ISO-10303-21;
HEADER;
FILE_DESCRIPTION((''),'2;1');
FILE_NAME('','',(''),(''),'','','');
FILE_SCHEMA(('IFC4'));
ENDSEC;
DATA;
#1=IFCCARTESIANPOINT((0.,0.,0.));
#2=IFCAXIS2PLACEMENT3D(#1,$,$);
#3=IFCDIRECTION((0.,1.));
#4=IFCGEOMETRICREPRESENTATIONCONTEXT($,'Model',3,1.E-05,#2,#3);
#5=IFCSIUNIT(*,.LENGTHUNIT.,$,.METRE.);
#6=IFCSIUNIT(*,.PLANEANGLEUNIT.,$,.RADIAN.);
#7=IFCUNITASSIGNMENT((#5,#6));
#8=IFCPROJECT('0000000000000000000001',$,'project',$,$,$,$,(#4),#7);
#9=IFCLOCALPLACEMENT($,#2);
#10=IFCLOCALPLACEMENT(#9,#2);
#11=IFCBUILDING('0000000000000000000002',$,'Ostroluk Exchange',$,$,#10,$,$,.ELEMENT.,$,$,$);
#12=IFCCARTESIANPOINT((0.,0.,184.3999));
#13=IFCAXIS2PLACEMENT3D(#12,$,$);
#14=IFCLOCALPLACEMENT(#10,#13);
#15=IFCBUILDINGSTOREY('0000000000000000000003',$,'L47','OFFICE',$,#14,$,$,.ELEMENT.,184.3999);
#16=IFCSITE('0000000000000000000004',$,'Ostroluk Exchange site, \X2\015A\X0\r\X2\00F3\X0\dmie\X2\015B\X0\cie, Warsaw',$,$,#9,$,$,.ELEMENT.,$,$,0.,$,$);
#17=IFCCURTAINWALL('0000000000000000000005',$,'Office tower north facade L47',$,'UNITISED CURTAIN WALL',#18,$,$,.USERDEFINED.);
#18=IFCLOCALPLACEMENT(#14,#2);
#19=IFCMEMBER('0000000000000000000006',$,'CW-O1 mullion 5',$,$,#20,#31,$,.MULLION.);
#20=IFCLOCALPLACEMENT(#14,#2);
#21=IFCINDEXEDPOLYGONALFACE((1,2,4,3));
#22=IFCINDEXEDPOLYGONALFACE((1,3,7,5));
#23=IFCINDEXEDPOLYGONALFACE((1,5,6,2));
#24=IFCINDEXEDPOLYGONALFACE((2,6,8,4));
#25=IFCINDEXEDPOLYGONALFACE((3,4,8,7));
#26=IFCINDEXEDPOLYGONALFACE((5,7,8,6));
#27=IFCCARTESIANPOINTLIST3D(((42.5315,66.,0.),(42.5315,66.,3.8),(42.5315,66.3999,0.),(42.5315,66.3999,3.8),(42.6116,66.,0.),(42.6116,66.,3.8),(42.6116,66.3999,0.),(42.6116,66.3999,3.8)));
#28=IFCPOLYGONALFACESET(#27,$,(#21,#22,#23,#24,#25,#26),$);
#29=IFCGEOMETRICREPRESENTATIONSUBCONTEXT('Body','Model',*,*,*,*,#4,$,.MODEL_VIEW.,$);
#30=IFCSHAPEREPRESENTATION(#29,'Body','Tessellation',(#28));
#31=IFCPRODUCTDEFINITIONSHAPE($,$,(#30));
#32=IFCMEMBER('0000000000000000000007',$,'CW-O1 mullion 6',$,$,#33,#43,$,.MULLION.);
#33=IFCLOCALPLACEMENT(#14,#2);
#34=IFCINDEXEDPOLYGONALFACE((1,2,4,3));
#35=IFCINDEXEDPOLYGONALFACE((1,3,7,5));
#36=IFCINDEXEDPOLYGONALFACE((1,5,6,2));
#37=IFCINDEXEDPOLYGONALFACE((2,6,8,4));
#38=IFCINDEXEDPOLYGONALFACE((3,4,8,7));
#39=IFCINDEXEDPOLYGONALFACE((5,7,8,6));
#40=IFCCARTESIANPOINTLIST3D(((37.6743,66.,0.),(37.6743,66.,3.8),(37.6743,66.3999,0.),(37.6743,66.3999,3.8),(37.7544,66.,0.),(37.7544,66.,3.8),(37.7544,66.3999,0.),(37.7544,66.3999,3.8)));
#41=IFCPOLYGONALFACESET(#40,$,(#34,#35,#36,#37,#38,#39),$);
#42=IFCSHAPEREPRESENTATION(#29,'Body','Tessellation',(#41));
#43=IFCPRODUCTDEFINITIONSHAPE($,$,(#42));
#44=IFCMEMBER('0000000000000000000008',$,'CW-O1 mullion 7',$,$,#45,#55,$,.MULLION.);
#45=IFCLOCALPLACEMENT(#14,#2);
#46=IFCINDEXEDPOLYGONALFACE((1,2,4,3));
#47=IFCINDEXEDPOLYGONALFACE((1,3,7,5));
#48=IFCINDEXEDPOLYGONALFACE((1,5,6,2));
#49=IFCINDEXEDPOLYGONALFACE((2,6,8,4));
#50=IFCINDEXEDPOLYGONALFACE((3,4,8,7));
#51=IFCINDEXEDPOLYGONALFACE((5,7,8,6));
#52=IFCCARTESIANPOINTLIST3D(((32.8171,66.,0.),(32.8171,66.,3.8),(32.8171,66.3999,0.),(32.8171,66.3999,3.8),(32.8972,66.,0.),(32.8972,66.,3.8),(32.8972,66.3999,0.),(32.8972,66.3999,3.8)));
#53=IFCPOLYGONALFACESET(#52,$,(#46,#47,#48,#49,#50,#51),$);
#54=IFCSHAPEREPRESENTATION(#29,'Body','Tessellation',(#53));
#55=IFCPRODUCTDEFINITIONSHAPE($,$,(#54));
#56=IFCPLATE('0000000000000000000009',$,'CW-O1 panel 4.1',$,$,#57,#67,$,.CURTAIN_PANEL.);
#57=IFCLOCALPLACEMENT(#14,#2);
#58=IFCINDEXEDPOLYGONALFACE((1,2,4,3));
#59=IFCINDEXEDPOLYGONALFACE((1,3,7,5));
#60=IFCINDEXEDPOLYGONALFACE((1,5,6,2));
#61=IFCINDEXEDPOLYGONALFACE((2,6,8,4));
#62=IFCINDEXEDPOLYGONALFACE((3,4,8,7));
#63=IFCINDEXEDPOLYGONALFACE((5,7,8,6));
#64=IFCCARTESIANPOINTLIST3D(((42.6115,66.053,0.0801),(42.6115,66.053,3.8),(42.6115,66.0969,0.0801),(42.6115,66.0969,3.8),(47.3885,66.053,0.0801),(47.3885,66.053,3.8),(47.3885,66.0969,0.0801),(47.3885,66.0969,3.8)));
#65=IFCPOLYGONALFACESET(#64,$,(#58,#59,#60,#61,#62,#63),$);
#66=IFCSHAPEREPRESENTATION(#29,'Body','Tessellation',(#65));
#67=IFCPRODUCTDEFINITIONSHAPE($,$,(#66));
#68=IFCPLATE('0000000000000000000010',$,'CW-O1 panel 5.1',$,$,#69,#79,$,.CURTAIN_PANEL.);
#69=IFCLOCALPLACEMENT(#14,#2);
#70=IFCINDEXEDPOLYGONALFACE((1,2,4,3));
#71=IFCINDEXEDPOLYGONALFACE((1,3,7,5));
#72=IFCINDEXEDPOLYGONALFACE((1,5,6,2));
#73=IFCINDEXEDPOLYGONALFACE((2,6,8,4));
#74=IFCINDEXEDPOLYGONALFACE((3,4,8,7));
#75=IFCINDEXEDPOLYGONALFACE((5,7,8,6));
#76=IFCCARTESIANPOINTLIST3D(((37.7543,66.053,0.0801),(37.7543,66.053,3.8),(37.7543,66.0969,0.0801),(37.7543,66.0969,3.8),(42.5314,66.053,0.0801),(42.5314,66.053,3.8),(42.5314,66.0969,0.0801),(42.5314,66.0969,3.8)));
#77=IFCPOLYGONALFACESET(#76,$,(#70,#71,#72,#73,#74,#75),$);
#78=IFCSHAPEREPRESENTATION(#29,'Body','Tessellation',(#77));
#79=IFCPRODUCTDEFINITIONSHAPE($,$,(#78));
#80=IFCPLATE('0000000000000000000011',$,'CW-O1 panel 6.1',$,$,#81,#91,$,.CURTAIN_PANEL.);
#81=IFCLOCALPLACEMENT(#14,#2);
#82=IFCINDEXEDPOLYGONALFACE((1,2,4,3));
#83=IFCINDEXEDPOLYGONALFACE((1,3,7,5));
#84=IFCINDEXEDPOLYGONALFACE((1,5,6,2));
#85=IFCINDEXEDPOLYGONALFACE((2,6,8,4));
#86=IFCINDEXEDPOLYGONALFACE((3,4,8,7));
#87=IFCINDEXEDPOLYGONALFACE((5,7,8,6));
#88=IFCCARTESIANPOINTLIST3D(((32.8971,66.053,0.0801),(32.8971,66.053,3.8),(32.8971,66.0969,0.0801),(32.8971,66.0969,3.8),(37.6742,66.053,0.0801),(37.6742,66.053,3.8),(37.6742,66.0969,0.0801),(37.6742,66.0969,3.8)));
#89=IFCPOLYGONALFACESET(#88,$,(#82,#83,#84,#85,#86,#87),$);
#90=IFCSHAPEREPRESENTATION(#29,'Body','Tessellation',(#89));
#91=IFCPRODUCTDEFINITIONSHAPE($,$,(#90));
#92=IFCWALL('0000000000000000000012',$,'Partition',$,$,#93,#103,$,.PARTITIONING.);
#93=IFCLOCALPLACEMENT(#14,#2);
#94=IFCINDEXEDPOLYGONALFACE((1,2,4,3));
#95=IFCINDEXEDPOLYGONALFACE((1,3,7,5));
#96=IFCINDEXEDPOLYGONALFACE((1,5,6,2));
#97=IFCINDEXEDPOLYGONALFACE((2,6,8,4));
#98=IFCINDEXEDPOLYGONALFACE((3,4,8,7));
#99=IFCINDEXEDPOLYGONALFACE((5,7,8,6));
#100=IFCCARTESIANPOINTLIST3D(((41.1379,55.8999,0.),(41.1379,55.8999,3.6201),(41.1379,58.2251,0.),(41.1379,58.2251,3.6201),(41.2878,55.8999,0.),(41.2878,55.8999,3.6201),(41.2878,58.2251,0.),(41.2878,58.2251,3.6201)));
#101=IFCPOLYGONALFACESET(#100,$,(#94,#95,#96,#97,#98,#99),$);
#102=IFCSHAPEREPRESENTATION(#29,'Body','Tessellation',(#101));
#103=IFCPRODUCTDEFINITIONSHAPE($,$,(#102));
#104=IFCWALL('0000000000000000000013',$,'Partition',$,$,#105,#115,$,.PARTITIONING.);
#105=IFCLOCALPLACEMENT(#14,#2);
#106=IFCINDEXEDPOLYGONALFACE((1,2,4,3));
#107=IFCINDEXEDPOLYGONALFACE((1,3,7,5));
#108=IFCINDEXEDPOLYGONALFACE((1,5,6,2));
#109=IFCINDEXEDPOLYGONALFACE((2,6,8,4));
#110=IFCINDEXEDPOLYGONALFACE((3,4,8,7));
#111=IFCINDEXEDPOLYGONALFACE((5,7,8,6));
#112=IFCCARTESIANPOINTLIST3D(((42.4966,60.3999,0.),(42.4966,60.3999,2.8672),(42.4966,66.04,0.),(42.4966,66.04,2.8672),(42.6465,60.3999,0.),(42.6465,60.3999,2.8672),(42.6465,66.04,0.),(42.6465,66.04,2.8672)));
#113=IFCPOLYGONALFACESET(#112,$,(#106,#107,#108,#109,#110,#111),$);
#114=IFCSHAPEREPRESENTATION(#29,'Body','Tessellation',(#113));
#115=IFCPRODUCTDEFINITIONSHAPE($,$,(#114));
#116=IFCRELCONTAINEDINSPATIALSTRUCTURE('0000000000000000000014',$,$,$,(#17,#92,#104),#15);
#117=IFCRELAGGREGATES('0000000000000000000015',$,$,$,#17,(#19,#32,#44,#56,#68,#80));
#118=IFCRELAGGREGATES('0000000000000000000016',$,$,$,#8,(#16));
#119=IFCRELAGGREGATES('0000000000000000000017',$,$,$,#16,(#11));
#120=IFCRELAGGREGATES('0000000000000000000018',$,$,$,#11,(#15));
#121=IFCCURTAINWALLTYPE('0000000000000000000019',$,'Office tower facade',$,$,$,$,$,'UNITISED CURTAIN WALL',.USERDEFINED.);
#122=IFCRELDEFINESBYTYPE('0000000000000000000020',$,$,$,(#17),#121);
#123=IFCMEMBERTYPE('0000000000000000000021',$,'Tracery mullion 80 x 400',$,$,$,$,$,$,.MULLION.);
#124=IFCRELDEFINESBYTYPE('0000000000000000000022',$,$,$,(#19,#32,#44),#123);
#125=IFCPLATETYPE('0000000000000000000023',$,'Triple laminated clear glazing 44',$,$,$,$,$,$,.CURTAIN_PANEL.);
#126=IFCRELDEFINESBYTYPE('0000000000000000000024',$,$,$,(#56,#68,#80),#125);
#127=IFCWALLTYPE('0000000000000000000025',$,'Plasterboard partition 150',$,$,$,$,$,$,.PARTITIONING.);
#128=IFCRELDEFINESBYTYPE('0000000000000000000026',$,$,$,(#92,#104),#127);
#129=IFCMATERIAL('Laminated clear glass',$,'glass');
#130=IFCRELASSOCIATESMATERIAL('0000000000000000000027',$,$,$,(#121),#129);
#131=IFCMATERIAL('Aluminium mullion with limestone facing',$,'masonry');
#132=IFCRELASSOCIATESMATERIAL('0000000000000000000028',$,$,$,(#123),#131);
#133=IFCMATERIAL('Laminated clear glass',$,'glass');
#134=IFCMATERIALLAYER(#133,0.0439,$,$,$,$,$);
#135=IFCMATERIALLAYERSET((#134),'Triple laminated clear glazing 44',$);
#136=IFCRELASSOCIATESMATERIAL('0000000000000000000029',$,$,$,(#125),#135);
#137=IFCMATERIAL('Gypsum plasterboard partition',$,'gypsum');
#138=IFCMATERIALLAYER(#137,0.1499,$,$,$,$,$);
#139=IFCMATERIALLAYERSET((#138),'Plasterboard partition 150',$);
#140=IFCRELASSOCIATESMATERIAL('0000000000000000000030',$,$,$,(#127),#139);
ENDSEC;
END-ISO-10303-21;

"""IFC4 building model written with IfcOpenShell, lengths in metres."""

from ifc_helpers import new_model, si_unit, direction, frame, frame_2d, origin, origin_2d, place, context, subcontext, project, spatial, rectangle, extrude, material, layer, layer_set, material_profile, profile_set, type_object, element, aggregate, save


model = new_model("IFC4")

# Units and contexts
model_context = context("Model", 3, precision=1e-05, world=origin(), true_north=direction((0.0, 1.0)))
body_context = subcontext(model_context, "Body", "Model", "MODEL_VIEW")
ifc_project = project(units=[si_unit("LENGTHUNIT", "METRE"), si_unit("PLANEANGLEUNIT", "RADIAN")], contexts=[model_context])

# Site, building, storey
site_placement = place(None, origin())
site = spatial("IfcSite", under=ifc_project, at=site_placement, Name="Ostroluk Exchange site, Śródmieście, Warsaw", CompositionType="ELEMENT", RefElevation=0.0)
building_placement = place(site_placement, origin())
building = spatial("IfcBuilding", under=site, at=building_placement, Name="Ostroluk Exchange", CompositionType="ELEMENT")
storey_placement = place(building_placement, frame((0.0, 0.0, 184.3999)))
storey = spatial("IfcBuildingStorey", under=building, at=storey_placement, Name="L47", Description="OFFICE", CompositionType="ELEMENT", Elevation=184.3999)

# Curtain wall, members, plates
ifc_material_1 = material(Name="Laminated clear glass", Category="glass")
curtain_wall_type = type_object("IfcCurtainWallType", Name="Office tower facade", ElementType="UNITISED CURTAIN WALL", PredefinedType="USERDEFINED", material=ifc_material_1)
curtain_wall_placement = place(storey_placement, origin())
curtain_wall = element("IfcCurtainWall", 1, at=curtain_wall_placement, inside=storey, type_object=curtain_wall_type, Name="Office tower north facade L47", ObjectType="UNITISED CURTAIN WALL", PredefinedType="USERDEFINED")
ifc_material_2 = material(Name="Aluminium mullion with limestone facing", Category="masonry")
ifc_material_profile_1 = material_profile(ifc_material_2, rectangle(XDim=0.3999, YDim=0.0801, at=origin_2d()), Name="Tracery mullion 80 x 400")
ifc_profile_set_1 = profile_set([ifc_material_profile_1], Name="Aluminium mullion with limestone facing")
member_type_1 = type_object("IfcMemberType", Name="Tracery mullion 80 x 400", PredefinedType="MULLION", material=ifc_profile_set_1)
member_1_placement = place(storey_placement, frame((42.5715, 66.2, 0.0), z_axis=(0.0, 0.0, 1.0), x_axis=(0.0, -1.0, 0.0)))
member_1 = element("IfcMember", 2, at=member_1_placement, type_object=member_type_1, Name="CW-O1 mullion 5", PredefinedType="MULLION", context=body_context, shape_type="SweptSolid", body=[
    extrude(rectangle(XDim=0.3999, YDim=0.0801, at=origin_2d()), origin(), (0.0, 0.0, 1.0), 3.8),
])
member_2_placement = place(storey_placement, frame((37.7144, 66.2, 0.0), z_axis=(0.0, 0.0, 1.0), x_axis=(0.0, -1.0, 0.0)))
member_2 = element("IfcMember", 3, at=member_2_placement, type_object=member_type_1, Name="CW-O1 mullion 6", PredefinedType="MULLION", context=body_context, shape_type="SweptSolid", body=[
    extrude(rectangle(XDim=0.3999, YDim=0.0801, at=origin_2d()), origin(), (0.0, 0.0, 1.0), 3.8),
])
member_3_placement = place(storey_placement, frame((32.8572, 66.2, 0.0), z_axis=(0.0, 0.0, 1.0), x_axis=(0.0, -1.0, 0.0)))
member_3 = element("IfcMember", 4, at=member_3_placement, type_object=member_type_1, Name="CW-O1 mullion 7", PredefinedType="MULLION", context=body_context, shape_type="SweptSolid", body=[
    extrude(rectangle(XDim=0.3999, YDim=0.0801, at=origin_2d()), origin(), (0.0, 0.0, 1.0), 3.8),
])
ifc_material_3 = material(Name="Laminated clear glass", Category="glass")
ifc_layer_1 = layer(ifc_material_3, 0.0439)
ifc_layer_set_1 = layer_set([ifc_layer_1], Name="Triple laminated clear glazing 44")
plate_type = type_object("IfcPlateType", Name="Triple laminated clear glazing 44", PredefinedType="CURTAIN_PANEL", material=ifc_layer_set_1)
plate_1_placement = place(storey_placement, frame((45.0, 66.075, 0.0801), z_axis=(0.0, 0.0, 1.0), x_axis=(-1.0, 0.0, 0.0)))
plate_1 = element("IfcPlate", 5, at=plate_1_placement, type_object=plate_type, Name="CW-O1 panel 4.1", PredefinedType="CURTAIN_PANEL", context=body_context, shape_type="SweptSolid", body=[
    extrude(rectangle(XDim=4.7771, YDim=0.0439, at=origin_2d()), origin(), (0.0, 0.0, 1.0), 3.72),
])
plate_2_placement = place(storey_placement, frame((40.1428, 66.075, 0.0801), z_axis=(0.0, 0.0, 1.0), x_axis=(-1.0, 0.0, 0.0)))
plate_2 = element("IfcPlate", 6, at=plate_2_placement, type_object=plate_type, Name="CW-O1 panel 5.1", PredefinedType="CURTAIN_PANEL", context=body_context, shape_type="SweptSolid", body=[
    extrude(rectangle(XDim=4.7771, YDim=0.0439, at=origin_2d()), origin(), (0.0, 0.0, 1.0), 3.72),
])
plate_3_placement = place(storey_placement, frame((35.2856, 66.075, 0.0801), z_axis=(0.0, 0.0, 1.0), x_axis=(-1.0, 0.0, 0.0)))
plate_3 = element("IfcPlate", 7, at=plate_3_placement, type_object=plate_type, Name="CW-O1 panel 6.1", PredefinedType="CURTAIN_PANEL", context=body_context, shape_type="SweptSolid", body=[
    extrude(rectangle(XDim=4.7771, YDim=0.0439, at=origin_2d()), origin(), (0.0, 0.0, 1.0), 3.72),
])
aggregate(curtain_wall, [member_1, member_2, member_3, plate_1, plate_2, plate_3])

# Walls
ifc_material_4 = material(Name="Gypsum plasterboard partition", Category="gypsum")
ifc_layer_2 = layer(ifc_material_4, 0.1499)
ifc_layer_set_2 = layer_set([ifc_layer_2], Name="Plasterboard partition 150")
wall_type = type_object("IfcWallType", Name="Plasterboard partition 150", PredefinedType="PARTITIONING", material=ifc_layer_set_2)
wall_1_placement = place(storey_placement, frame((41.2129, 55.8999, 0.0), z_axis=(0.0, 0.0, 1.0), x_axis=(0.0, 1.0, 0.0)))
element("IfcWall", 8, at=wall_1_placement, inside=storey, type_object=wall_type, Name="Partition", PredefinedType="PARTITIONING", context=body_context, shape_type="SweptSolid", body=[
    extrude(rectangle(XDim=2.3252, YDim=0.1499, at=frame_2d((1.1626, 0.0))), origin(), (0.0, 0.0, 1.0), 3.6201),
])
wall_2_placement = place(storey_placement, frame((42.5715, 60.3999, 0.0), z_axis=(0.0, 0.0, 1.0), x_axis=(0.0, 1.0, 0.0)))
element("IfcWall", 9, at=wall_2_placement, inside=storey, type_object=wall_type, Name="Partition", PredefinedType="PARTITIONING", context=body_context, shape_type="SweptSolid", body=[
    extrude(rectangle(XDim=5.6401, YDim=0.1499, at=frame_2d((2.8201, 0.0))), origin(), (0.0, 0.0, 1.0), 2.8672),
])

save(model, "model.ifc")
